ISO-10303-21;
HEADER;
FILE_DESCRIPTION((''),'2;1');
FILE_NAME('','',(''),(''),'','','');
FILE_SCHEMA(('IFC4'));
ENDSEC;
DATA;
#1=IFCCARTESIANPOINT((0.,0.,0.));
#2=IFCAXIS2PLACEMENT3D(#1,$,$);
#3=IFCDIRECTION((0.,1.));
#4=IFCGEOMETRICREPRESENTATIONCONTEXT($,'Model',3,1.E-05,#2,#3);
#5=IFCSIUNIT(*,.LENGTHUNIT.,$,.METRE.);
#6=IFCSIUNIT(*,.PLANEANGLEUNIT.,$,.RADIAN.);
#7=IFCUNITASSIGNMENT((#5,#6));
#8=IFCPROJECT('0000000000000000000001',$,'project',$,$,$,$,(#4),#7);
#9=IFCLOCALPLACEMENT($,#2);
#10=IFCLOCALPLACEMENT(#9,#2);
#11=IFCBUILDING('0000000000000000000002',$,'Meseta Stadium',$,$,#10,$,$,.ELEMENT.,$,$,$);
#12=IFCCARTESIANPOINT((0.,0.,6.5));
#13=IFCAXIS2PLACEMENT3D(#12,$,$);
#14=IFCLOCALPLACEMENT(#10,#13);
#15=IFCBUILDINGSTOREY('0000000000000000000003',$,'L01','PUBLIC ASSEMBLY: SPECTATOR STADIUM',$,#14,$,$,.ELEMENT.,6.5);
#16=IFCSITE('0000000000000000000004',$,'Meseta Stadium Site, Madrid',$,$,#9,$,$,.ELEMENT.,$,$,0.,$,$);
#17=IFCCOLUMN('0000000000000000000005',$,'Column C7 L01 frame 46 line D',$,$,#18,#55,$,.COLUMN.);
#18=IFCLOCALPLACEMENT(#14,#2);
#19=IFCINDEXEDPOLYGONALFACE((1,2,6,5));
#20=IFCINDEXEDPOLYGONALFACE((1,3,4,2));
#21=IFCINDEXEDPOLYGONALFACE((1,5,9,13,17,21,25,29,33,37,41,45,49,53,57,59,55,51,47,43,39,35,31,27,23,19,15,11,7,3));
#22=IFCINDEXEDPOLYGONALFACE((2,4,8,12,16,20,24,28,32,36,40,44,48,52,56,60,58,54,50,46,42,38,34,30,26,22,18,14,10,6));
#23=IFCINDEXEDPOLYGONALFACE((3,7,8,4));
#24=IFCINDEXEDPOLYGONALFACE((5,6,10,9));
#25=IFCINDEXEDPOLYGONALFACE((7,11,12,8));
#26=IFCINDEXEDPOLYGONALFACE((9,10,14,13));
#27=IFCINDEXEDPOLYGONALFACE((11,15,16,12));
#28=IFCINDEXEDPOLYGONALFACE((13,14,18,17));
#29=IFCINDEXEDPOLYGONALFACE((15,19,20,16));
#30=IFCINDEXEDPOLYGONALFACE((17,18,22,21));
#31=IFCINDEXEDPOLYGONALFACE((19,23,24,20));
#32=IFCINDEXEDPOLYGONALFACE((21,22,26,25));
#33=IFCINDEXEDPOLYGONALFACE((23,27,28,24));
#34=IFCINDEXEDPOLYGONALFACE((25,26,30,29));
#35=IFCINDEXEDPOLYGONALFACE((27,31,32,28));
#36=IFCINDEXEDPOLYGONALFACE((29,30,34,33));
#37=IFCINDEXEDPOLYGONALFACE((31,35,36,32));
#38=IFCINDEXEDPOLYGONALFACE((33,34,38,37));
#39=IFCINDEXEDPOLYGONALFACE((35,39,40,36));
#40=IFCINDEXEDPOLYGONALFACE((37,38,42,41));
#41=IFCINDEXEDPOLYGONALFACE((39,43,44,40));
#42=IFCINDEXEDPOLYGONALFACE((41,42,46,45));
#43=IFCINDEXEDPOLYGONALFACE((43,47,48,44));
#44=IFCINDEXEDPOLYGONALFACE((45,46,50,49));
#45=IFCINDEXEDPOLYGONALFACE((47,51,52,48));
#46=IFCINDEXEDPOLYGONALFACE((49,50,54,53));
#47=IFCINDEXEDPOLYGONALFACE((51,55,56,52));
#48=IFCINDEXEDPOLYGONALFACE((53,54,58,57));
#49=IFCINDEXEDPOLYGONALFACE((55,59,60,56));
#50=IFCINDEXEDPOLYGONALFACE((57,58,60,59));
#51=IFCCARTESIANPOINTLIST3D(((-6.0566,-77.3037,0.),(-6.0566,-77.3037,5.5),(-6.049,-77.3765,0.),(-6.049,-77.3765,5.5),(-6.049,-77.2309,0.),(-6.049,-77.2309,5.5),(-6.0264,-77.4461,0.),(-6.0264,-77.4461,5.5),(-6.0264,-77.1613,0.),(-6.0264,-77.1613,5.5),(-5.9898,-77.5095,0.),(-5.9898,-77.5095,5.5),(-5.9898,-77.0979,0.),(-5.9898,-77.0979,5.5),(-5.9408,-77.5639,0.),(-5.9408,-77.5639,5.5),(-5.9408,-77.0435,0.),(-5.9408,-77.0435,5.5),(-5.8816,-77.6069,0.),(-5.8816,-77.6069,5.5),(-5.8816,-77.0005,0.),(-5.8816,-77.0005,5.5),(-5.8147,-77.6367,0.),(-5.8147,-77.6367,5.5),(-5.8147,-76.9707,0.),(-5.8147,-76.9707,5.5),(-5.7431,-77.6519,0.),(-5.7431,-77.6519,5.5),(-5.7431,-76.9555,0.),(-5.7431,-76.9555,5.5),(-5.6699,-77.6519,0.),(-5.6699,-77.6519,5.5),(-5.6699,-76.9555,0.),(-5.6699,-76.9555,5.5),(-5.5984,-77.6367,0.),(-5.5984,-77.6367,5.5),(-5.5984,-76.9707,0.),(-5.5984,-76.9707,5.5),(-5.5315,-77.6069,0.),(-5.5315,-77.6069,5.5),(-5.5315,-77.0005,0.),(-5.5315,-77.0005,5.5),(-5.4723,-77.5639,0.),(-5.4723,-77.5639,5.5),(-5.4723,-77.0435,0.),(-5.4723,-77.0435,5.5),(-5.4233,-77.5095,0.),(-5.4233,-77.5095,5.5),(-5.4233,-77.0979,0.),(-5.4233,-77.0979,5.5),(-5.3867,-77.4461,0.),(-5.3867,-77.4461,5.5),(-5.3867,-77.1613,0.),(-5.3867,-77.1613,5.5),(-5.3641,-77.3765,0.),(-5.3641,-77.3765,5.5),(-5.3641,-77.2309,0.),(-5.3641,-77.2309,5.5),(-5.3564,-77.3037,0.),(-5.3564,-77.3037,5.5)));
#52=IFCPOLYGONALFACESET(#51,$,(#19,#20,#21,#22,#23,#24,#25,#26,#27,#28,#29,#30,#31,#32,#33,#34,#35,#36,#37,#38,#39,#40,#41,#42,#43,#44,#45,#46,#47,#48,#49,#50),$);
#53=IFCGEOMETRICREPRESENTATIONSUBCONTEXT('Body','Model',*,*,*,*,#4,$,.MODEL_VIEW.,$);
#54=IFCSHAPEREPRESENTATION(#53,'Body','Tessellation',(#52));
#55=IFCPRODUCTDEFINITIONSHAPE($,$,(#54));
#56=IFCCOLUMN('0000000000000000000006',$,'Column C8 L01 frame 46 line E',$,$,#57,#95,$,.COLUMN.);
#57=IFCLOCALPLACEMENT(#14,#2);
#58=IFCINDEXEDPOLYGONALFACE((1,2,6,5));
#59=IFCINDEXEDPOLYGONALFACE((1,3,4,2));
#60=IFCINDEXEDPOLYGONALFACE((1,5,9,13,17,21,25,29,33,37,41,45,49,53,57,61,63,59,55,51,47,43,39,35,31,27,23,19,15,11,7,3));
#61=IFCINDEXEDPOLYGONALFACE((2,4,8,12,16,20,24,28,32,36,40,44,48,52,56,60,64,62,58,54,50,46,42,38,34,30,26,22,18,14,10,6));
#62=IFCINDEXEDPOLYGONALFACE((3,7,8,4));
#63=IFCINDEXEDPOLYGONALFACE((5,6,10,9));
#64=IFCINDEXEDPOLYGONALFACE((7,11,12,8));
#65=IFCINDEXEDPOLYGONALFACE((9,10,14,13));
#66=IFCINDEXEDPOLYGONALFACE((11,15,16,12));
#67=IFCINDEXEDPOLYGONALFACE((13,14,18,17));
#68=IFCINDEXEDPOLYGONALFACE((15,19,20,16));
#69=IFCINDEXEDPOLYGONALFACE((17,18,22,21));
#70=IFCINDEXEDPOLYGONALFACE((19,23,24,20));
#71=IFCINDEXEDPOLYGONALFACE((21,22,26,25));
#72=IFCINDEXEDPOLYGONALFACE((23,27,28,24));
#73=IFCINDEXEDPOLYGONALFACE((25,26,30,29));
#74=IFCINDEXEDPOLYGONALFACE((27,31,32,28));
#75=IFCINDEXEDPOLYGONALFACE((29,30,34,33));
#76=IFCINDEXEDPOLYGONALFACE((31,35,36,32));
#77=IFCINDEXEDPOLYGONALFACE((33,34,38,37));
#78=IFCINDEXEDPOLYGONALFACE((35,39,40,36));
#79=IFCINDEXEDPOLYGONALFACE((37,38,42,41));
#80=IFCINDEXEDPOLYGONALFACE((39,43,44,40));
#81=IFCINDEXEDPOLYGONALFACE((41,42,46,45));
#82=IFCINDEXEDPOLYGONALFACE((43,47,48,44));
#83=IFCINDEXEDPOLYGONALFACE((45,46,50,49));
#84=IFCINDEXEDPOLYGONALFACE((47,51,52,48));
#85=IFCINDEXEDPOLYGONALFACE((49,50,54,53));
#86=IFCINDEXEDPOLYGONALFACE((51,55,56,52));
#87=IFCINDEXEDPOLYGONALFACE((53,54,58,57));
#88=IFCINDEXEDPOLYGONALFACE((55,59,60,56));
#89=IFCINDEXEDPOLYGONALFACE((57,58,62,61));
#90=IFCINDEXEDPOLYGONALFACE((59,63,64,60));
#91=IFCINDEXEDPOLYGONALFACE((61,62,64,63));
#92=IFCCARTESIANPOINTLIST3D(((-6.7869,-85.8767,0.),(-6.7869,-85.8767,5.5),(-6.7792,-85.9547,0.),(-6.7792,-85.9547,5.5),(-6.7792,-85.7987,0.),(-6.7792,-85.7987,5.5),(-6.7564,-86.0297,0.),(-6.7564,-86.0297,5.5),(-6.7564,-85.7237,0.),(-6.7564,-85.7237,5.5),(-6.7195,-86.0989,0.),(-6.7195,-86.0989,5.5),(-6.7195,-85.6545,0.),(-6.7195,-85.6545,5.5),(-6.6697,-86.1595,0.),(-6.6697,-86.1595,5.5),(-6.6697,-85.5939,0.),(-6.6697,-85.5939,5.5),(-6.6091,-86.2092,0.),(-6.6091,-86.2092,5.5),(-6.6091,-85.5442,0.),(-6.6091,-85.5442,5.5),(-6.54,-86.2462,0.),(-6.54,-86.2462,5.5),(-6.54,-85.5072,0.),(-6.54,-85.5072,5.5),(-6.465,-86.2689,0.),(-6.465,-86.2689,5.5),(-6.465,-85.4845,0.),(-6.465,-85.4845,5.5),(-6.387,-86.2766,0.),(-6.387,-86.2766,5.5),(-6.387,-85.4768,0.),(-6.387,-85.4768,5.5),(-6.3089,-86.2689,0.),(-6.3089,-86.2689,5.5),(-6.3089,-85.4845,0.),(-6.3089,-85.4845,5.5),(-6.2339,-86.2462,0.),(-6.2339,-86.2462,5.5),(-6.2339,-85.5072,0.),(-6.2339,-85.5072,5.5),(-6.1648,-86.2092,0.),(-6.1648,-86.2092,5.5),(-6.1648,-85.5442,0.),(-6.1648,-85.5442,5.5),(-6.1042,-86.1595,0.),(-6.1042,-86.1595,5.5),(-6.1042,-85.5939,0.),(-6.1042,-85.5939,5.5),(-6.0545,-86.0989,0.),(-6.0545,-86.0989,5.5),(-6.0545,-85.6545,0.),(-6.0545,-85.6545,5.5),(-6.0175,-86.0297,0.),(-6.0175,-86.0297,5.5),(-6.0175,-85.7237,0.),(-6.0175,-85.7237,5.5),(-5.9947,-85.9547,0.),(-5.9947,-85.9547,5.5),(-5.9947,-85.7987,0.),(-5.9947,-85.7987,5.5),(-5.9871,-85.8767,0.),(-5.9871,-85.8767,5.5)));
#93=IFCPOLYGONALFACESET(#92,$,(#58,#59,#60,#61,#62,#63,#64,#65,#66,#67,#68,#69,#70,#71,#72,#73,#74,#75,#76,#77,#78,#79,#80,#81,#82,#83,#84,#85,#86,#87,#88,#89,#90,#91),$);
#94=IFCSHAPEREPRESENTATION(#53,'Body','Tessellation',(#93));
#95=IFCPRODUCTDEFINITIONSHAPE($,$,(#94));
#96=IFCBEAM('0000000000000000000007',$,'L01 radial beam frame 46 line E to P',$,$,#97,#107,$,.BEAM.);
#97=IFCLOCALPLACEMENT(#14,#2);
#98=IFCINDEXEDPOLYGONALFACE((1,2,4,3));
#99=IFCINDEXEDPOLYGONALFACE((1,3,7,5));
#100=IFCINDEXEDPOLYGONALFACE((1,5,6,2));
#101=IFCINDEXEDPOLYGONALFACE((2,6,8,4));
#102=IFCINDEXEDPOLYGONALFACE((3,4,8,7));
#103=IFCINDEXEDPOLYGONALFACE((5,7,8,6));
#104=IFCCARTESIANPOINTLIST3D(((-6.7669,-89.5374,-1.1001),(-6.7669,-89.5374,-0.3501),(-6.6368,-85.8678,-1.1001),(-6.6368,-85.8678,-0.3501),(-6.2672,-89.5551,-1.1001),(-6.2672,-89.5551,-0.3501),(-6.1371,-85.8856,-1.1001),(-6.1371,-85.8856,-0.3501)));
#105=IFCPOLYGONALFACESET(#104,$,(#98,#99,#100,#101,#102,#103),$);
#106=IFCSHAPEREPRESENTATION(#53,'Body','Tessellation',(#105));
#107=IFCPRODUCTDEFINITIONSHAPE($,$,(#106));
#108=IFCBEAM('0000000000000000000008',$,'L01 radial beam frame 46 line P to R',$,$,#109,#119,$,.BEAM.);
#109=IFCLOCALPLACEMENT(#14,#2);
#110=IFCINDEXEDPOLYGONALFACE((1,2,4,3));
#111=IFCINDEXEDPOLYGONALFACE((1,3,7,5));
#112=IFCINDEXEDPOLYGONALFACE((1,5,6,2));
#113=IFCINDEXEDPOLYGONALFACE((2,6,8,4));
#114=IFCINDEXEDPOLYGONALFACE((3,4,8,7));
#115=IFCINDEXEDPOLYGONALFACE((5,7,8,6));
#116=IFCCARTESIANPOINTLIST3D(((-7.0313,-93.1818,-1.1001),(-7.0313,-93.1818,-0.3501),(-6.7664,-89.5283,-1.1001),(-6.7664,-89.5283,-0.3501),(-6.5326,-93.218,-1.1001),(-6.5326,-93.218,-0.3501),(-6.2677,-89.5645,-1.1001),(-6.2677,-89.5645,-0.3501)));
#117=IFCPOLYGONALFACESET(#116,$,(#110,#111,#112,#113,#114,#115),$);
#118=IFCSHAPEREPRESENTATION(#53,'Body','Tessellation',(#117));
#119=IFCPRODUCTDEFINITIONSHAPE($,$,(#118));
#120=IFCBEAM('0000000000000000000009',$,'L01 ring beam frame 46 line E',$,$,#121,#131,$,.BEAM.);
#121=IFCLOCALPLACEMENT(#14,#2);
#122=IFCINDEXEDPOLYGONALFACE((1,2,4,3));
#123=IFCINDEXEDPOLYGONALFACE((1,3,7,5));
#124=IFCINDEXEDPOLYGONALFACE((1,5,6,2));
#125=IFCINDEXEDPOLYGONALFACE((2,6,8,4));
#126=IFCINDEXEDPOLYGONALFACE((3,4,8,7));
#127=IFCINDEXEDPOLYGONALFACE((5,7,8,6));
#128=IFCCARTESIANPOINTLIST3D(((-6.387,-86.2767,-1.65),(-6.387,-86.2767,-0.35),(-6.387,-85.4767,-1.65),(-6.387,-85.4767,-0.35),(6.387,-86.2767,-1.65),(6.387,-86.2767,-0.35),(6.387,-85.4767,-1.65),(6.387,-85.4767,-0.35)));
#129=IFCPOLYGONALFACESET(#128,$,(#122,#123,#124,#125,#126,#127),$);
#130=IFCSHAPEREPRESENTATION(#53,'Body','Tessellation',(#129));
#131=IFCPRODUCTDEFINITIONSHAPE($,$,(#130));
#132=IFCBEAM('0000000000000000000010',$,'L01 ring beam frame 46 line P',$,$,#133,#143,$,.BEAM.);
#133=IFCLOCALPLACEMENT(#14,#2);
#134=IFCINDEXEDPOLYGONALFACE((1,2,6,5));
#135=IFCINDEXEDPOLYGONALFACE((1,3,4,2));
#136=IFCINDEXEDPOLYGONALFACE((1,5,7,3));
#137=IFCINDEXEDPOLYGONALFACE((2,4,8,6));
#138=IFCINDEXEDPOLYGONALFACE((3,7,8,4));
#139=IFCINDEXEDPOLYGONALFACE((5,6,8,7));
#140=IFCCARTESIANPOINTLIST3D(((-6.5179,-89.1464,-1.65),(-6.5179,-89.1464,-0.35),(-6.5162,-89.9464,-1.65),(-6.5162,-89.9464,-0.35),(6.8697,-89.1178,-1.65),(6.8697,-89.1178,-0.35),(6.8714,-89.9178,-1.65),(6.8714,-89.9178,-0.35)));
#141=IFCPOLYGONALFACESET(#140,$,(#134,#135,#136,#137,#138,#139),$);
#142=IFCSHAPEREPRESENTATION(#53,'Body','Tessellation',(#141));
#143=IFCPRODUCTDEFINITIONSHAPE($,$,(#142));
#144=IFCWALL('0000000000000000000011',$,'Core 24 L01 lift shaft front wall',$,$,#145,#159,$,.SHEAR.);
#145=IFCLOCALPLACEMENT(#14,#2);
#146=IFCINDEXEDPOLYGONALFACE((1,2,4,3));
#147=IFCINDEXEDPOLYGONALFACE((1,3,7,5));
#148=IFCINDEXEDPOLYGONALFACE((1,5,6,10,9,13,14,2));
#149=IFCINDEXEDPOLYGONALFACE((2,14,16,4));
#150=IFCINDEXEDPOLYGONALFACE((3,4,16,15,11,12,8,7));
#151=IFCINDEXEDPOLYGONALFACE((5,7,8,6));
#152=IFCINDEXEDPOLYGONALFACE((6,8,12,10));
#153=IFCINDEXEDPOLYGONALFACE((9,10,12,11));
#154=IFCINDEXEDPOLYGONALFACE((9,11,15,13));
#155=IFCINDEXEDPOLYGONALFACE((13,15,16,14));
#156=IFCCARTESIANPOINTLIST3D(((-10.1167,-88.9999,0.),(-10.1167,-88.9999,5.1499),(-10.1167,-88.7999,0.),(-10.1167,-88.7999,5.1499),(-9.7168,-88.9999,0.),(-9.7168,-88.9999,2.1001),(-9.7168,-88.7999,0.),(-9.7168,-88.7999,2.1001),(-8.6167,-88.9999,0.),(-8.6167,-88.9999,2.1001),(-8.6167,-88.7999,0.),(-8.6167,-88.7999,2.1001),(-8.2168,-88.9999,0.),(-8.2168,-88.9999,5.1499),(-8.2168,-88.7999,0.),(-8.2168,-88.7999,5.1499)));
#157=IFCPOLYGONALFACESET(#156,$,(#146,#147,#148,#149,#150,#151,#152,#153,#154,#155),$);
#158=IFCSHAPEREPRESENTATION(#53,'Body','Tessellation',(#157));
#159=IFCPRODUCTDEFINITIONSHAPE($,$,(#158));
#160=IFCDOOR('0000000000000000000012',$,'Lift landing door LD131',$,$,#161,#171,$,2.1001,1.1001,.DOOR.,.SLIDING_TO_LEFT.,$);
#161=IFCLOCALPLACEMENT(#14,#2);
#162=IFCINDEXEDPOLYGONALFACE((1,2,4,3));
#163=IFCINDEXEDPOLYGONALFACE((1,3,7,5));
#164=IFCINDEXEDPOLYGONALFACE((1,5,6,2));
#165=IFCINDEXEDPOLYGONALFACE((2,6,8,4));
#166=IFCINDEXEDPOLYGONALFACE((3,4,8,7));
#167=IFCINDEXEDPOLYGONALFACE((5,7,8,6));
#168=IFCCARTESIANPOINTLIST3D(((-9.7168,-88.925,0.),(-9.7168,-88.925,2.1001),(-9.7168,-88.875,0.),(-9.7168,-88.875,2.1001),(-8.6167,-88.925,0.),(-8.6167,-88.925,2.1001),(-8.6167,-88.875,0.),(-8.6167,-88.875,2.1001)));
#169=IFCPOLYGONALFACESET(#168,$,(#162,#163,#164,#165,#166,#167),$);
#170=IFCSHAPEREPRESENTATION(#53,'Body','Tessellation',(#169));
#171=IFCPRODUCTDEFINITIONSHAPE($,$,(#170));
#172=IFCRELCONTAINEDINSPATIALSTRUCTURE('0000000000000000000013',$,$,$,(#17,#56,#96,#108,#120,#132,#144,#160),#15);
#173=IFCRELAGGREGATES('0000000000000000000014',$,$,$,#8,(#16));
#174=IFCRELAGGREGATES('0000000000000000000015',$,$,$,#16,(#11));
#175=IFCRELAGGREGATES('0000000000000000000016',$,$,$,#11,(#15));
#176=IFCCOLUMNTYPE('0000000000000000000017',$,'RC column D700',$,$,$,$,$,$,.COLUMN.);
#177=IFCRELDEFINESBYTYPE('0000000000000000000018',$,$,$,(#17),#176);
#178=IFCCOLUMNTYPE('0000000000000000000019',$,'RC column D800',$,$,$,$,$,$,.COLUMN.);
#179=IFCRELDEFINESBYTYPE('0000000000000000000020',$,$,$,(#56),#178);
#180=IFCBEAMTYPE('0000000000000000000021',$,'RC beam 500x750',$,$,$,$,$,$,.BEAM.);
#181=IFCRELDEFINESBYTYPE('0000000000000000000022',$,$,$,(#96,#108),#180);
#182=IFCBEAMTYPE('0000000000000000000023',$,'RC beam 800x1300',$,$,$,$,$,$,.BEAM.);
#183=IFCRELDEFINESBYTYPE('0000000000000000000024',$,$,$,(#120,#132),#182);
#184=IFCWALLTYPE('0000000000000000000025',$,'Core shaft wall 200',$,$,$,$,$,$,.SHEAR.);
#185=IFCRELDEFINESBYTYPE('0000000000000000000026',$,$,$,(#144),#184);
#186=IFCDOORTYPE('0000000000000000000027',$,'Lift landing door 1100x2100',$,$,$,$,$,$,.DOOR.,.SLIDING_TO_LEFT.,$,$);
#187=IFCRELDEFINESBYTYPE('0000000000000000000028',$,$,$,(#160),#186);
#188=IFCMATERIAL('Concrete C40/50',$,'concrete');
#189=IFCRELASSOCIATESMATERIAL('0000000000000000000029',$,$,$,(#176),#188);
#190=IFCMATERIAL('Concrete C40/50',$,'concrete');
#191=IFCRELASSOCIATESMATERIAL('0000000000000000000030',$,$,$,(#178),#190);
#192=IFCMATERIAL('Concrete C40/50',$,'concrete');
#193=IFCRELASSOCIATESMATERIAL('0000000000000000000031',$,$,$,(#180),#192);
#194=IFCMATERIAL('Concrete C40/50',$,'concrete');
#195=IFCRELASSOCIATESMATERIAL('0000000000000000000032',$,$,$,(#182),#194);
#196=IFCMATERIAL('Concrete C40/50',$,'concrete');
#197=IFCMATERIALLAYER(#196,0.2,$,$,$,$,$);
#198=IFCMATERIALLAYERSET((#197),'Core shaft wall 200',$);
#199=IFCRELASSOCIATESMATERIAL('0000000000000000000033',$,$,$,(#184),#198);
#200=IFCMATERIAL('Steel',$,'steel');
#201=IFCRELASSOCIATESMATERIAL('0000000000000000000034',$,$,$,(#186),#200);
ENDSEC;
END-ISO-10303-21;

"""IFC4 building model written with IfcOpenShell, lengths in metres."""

from ifc_helpers import new_model, si_unit, direction, frame, frame_2d, origin, origin_2d, place, context, subcontext, project, spatial, rectangle, circle, extrude, material, layer, layer_set, material_profile, profile_set, type_object, element, fill, save


model = new_model("IFC4")

# Units and contexts
model_context = context("Model", 3, precision=1e-05, world=origin(), true_north=direction((0.0, 1.0)))
body_context = subcontext(model_context, "Body", "Model", "MODEL_VIEW")
ifc_project = project(units=[si_unit("LENGTHUNIT", "METRE"), si_unit("PLANEANGLEUNIT", "RADIAN")], contexts=[model_context])

# Site, building, storey
site_placement = place(None, origin())
site = spatial("IfcSite", under=ifc_project, at=site_placement, Name="Meseta Stadium Site, Madrid", CompositionType="ELEMENT", RefElevation=0.0)
building_placement = place(site_placement, origin())
building = spatial("IfcBuilding", under=site, at=building_placement, Name="Meseta Stadium", CompositionType="ELEMENT")
storey_placement = place(building_placement, frame((0.0, 0.0, 6.5)))
storey = spatial("IfcBuildingStorey", under=building, at=storey_placement, Name="L01", Description="PUBLIC ASSEMBLY: SPECTATOR STADIUM", CompositionType="ELEMENT", Elevation=6.5)

# Columns
ifc_material_1 = material(Name="Concrete C40/50", Category="concrete")
ifc_material_profile_1 = material_profile(ifc_material_1, circle(Radius=0.3501, at=origin_2d()), Name="RC D700")
ifc_profile_set_1 = profile_set([ifc_material_profile_1], Name="Concrete C40/50")
column_type_1 = type_object("IfcColumnType", Name="RC column D700", PredefinedType="COLUMN", material=ifc_profile_set_1)
column_1_placement = place(storey_placement, frame((-5.7065, -77.3037, 0.0), z_axis=(0.0, 0.0, 1.0), x_axis=(1.0, 0.0, 0.0)))
element("IfcColumn", 1, at=column_1_placement, inside=storey, type_object=column_type_1, Name="Column C7 L01 frame 46 line D", PredefinedType="COLUMN", context=body_context, shape_type="SweptSolid", body=[
    extrude(circle(Radius=0.3501, at=origin_2d()), origin(), (0.0, 0.0, 1.0), 5.5),
])
ifc_material_2 = material(Name="Concrete C40/50", Category="concrete")
ifc_material_profile_2 = material_profile(ifc_material_2, circle(Radius=0.3999, at=origin_2d()), Name="RC D800")
ifc_profile_set_2 = profile_set([ifc_material_profile_2], Name="Concrete C40/50")
column_type_2 = type_object("IfcColumnType", Name="RC column D800", PredefinedType="COLUMN", material=ifc_profile_set_2)
column_2_placement = place(storey_placement, frame((-6.387, -85.8767, 0.0), z_axis=(0.0, 0.0, 1.0), x_axis=(1.0, 0.0, 0.0)))
element("IfcColumn", 2, at=column_2_placement, inside=storey, type_object=column_type_2, Name="Column C8 L01 frame 46 line E", PredefinedType="COLUMN", context=body_context, shape_type="SweptSolid", body=[
    extrude(circle(Radius=0.3999, at=origin_2d()), origin(), (0.0, 0.0, 1.0), 5.5),
])

# Beams
ifc_material_3 = material(Name="Concrete C40/50", Category="concrete")
ifc_material_profile_3 = material_profile(ifc_material_3, rectangle(XDim=0.5, YDim=0.75, at=origin_2d()), Name="RC 500x750")
ifc_profile_set_3 = profile_set([ifc_material_profile_3], Name="Concrete C40/50")
beam_type_1 = type_object("IfcBeamType", Name="RC beam 500x750", PredefinedType="BEAM", material=ifc_profile_set_3)
beam_1_placement = place(storey_placement, frame((-6.387, -85.8767, -0.7251), z_axis=(-0.035438, -0.999372, 0.0), x_axis=(0.999372, -0.035438, 0.0)))
element("IfcBeam", 3, at=beam_1_placement, inside=storey, type_object=beam_type_1, Name="L01 radial beam frame 46 line E to P", PredefinedType="BEAM", context=body_context, shape_type="SweptSolid", body=[
    extrude(rectangle(XDim=0.5, YDim=0.75, at=origin_2d()), origin(), (0.0, 0.0, 1.0), 3.6719),
])
beam_2_placement = place(storey_placement, frame((-6.5171, -89.5464, -0.7251), z_axis=(-0.072313, -0.997382, 0.0), x_axis=(0.997382, -0.072313, 0.0)))
element("IfcBeam", 4, at=beam_2_placement, inside=storey, type_object=beam_type_1, Name="L01 radial beam frame 46 line P to R", PredefinedType="BEAM", context=body_context, shape_type="SweptSolid", body=[
    extrude(rectangle(XDim=0.5, YDim=0.75, at=origin_2d()), origin(), (0.0, 0.0, 1.0), 3.6631),
])
ifc_material_4 = material(Name="Concrete C40/50", Category="concrete")
ifc_material_profile_4 = material_profile(ifc_material_4, rectangle(XDim=0.8, YDim=1.3, at=origin_2d()), Name="RC 800x1300")
ifc_profile_set_4 = profile_set([ifc_material_profile_4], Name="Concrete C40/50")
beam_type_2 = type_object("IfcBeamType", Name="RC beam 800x1300", PredefinedType="BEAM", material=ifc_profile_set_4)
beam_3_placement = place(storey_placement, frame((-6.387, -85.8767, -1.0), z_axis=(1.0, 0.0, 0.0), x_axis=(0.0, 1.0, 0.0)))
element("IfcBeam", 5, at=beam_3_placement, inside=storey, type_object=beam_type_2, Name="L01 ring beam frame 46 line E", PredefinedType="BEAM", context=body_context, shape_type="SweptSolid", body=[
    extrude(rectangle(XDim=0.8, YDim=1.3, at=origin_2d()), origin(), (0.0, 0.0, 1.0), 12.7739),
])
beam_4_placement = place(storey_placement, frame((-6.5171, -89.5464, -1.0), z_axis=(0.999998, 0.002134, 0.0), x_axis=(-0.002134, 0.999998, 0.0)))
element("IfcBeam", 6, at=beam_4_placement, inside=storey, type_object=beam_type_2, Name="L01 ring beam frame 46 line P", PredefinedType="BEAM", context=body_context, shape_type="SweptSolid", body=[
    extrude(rectangle(XDim=0.8, YDim=1.3, at=origin_2d()), origin(), (0.0, 0.0, 1.0), 13.3877),
])

# Wall, opening, door
ifc_material_5 = material(Name="Concrete C40/50", Category="concrete")
ifc_layer_1 = layer(ifc_material_5, 0.2)
ifc_layer_set_1 = layer_set([ifc_layer_1], Name="Core shaft wall 200")
wall_type_1 = type_object("IfcWallType", Name="Core shaft wall 200", PredefinedType="SHEAR", material=ifc_layer_set_1)
wall_1_placement = place(storey_placement, frame((-10.1167, -88.8999, 0.0), z_axis=(0.0, 0.0, 1.0), x_axis=(1.0, 0.0, 0.0)))
wall_1 = element("IfcWall", 7, at=wall_1_placement, inside=storey, type_object=wall_type_1, Name="Core 24 L01 lift shaft front wall", PredefinedType="SHEAR", context=body_context, shape_type="SweptSolid", body=[
    extrude(rectangle(XDim=1.8999, YDim=0.2, at=frame_2d((0.95, 0.0))), origin(), (0.0, 0.0, 1.0), 5.1499),
])
opening_placement = place(wall_1_placement, frame((0.3999, 0.0, 0.0)))
opening = element("IfcOpeningElement", 8, at=opening_placement, cuts=wall_1, PredefinedType="OPENING", context=body_context, shape_type="SweptSolid", body=[
    extrude(rectangle(XDim=1.1001, YDim=2.1001, at=frame_2d((0.55, 1.05))), frame((0.0, 0.1099, 0.0), z_axis=(0.0, -1.0, 0.0), x_axis=(1.0, 0.0, 0.0)), (0.0, 0.0, 1.0), 0.22),
])
ifc_material_6 = material(Name="Steel", Category="steel")
door_type = type_object("IfcDoorType", Name="Lift landing door 1100x2100", OperationType="SLIDING_TO_LEFT", PredefinedType="DOOR", material=ifc_material_6)
door_placement = place(opening_placement, origin())
door = element("IfcDoor", 9, at=door_placement, inside=storey, type_object=door_type, Name="Lift landing door LD131", OperationType="SLIDING_TO_LEFT", OverallHeight=2.1001, OverallWidth=1.1001, PredefinedType="DOOR", context=body_context, shape_type="SweptSolid", body=[
    extrude(rectangle(XDim=1.1001, YDim=2.1001, at=frame_2d((0.55, 1.05))), frame((0.0, 0.0249, 0.0), z_axis=(0.0, -1.0, 0.0), x_axis=(1.0, 0.0, 0.0)), (0.0, 0.0, 1.0), 0.05),
])
fill(opening, door)

save(model, "model.ifc")
